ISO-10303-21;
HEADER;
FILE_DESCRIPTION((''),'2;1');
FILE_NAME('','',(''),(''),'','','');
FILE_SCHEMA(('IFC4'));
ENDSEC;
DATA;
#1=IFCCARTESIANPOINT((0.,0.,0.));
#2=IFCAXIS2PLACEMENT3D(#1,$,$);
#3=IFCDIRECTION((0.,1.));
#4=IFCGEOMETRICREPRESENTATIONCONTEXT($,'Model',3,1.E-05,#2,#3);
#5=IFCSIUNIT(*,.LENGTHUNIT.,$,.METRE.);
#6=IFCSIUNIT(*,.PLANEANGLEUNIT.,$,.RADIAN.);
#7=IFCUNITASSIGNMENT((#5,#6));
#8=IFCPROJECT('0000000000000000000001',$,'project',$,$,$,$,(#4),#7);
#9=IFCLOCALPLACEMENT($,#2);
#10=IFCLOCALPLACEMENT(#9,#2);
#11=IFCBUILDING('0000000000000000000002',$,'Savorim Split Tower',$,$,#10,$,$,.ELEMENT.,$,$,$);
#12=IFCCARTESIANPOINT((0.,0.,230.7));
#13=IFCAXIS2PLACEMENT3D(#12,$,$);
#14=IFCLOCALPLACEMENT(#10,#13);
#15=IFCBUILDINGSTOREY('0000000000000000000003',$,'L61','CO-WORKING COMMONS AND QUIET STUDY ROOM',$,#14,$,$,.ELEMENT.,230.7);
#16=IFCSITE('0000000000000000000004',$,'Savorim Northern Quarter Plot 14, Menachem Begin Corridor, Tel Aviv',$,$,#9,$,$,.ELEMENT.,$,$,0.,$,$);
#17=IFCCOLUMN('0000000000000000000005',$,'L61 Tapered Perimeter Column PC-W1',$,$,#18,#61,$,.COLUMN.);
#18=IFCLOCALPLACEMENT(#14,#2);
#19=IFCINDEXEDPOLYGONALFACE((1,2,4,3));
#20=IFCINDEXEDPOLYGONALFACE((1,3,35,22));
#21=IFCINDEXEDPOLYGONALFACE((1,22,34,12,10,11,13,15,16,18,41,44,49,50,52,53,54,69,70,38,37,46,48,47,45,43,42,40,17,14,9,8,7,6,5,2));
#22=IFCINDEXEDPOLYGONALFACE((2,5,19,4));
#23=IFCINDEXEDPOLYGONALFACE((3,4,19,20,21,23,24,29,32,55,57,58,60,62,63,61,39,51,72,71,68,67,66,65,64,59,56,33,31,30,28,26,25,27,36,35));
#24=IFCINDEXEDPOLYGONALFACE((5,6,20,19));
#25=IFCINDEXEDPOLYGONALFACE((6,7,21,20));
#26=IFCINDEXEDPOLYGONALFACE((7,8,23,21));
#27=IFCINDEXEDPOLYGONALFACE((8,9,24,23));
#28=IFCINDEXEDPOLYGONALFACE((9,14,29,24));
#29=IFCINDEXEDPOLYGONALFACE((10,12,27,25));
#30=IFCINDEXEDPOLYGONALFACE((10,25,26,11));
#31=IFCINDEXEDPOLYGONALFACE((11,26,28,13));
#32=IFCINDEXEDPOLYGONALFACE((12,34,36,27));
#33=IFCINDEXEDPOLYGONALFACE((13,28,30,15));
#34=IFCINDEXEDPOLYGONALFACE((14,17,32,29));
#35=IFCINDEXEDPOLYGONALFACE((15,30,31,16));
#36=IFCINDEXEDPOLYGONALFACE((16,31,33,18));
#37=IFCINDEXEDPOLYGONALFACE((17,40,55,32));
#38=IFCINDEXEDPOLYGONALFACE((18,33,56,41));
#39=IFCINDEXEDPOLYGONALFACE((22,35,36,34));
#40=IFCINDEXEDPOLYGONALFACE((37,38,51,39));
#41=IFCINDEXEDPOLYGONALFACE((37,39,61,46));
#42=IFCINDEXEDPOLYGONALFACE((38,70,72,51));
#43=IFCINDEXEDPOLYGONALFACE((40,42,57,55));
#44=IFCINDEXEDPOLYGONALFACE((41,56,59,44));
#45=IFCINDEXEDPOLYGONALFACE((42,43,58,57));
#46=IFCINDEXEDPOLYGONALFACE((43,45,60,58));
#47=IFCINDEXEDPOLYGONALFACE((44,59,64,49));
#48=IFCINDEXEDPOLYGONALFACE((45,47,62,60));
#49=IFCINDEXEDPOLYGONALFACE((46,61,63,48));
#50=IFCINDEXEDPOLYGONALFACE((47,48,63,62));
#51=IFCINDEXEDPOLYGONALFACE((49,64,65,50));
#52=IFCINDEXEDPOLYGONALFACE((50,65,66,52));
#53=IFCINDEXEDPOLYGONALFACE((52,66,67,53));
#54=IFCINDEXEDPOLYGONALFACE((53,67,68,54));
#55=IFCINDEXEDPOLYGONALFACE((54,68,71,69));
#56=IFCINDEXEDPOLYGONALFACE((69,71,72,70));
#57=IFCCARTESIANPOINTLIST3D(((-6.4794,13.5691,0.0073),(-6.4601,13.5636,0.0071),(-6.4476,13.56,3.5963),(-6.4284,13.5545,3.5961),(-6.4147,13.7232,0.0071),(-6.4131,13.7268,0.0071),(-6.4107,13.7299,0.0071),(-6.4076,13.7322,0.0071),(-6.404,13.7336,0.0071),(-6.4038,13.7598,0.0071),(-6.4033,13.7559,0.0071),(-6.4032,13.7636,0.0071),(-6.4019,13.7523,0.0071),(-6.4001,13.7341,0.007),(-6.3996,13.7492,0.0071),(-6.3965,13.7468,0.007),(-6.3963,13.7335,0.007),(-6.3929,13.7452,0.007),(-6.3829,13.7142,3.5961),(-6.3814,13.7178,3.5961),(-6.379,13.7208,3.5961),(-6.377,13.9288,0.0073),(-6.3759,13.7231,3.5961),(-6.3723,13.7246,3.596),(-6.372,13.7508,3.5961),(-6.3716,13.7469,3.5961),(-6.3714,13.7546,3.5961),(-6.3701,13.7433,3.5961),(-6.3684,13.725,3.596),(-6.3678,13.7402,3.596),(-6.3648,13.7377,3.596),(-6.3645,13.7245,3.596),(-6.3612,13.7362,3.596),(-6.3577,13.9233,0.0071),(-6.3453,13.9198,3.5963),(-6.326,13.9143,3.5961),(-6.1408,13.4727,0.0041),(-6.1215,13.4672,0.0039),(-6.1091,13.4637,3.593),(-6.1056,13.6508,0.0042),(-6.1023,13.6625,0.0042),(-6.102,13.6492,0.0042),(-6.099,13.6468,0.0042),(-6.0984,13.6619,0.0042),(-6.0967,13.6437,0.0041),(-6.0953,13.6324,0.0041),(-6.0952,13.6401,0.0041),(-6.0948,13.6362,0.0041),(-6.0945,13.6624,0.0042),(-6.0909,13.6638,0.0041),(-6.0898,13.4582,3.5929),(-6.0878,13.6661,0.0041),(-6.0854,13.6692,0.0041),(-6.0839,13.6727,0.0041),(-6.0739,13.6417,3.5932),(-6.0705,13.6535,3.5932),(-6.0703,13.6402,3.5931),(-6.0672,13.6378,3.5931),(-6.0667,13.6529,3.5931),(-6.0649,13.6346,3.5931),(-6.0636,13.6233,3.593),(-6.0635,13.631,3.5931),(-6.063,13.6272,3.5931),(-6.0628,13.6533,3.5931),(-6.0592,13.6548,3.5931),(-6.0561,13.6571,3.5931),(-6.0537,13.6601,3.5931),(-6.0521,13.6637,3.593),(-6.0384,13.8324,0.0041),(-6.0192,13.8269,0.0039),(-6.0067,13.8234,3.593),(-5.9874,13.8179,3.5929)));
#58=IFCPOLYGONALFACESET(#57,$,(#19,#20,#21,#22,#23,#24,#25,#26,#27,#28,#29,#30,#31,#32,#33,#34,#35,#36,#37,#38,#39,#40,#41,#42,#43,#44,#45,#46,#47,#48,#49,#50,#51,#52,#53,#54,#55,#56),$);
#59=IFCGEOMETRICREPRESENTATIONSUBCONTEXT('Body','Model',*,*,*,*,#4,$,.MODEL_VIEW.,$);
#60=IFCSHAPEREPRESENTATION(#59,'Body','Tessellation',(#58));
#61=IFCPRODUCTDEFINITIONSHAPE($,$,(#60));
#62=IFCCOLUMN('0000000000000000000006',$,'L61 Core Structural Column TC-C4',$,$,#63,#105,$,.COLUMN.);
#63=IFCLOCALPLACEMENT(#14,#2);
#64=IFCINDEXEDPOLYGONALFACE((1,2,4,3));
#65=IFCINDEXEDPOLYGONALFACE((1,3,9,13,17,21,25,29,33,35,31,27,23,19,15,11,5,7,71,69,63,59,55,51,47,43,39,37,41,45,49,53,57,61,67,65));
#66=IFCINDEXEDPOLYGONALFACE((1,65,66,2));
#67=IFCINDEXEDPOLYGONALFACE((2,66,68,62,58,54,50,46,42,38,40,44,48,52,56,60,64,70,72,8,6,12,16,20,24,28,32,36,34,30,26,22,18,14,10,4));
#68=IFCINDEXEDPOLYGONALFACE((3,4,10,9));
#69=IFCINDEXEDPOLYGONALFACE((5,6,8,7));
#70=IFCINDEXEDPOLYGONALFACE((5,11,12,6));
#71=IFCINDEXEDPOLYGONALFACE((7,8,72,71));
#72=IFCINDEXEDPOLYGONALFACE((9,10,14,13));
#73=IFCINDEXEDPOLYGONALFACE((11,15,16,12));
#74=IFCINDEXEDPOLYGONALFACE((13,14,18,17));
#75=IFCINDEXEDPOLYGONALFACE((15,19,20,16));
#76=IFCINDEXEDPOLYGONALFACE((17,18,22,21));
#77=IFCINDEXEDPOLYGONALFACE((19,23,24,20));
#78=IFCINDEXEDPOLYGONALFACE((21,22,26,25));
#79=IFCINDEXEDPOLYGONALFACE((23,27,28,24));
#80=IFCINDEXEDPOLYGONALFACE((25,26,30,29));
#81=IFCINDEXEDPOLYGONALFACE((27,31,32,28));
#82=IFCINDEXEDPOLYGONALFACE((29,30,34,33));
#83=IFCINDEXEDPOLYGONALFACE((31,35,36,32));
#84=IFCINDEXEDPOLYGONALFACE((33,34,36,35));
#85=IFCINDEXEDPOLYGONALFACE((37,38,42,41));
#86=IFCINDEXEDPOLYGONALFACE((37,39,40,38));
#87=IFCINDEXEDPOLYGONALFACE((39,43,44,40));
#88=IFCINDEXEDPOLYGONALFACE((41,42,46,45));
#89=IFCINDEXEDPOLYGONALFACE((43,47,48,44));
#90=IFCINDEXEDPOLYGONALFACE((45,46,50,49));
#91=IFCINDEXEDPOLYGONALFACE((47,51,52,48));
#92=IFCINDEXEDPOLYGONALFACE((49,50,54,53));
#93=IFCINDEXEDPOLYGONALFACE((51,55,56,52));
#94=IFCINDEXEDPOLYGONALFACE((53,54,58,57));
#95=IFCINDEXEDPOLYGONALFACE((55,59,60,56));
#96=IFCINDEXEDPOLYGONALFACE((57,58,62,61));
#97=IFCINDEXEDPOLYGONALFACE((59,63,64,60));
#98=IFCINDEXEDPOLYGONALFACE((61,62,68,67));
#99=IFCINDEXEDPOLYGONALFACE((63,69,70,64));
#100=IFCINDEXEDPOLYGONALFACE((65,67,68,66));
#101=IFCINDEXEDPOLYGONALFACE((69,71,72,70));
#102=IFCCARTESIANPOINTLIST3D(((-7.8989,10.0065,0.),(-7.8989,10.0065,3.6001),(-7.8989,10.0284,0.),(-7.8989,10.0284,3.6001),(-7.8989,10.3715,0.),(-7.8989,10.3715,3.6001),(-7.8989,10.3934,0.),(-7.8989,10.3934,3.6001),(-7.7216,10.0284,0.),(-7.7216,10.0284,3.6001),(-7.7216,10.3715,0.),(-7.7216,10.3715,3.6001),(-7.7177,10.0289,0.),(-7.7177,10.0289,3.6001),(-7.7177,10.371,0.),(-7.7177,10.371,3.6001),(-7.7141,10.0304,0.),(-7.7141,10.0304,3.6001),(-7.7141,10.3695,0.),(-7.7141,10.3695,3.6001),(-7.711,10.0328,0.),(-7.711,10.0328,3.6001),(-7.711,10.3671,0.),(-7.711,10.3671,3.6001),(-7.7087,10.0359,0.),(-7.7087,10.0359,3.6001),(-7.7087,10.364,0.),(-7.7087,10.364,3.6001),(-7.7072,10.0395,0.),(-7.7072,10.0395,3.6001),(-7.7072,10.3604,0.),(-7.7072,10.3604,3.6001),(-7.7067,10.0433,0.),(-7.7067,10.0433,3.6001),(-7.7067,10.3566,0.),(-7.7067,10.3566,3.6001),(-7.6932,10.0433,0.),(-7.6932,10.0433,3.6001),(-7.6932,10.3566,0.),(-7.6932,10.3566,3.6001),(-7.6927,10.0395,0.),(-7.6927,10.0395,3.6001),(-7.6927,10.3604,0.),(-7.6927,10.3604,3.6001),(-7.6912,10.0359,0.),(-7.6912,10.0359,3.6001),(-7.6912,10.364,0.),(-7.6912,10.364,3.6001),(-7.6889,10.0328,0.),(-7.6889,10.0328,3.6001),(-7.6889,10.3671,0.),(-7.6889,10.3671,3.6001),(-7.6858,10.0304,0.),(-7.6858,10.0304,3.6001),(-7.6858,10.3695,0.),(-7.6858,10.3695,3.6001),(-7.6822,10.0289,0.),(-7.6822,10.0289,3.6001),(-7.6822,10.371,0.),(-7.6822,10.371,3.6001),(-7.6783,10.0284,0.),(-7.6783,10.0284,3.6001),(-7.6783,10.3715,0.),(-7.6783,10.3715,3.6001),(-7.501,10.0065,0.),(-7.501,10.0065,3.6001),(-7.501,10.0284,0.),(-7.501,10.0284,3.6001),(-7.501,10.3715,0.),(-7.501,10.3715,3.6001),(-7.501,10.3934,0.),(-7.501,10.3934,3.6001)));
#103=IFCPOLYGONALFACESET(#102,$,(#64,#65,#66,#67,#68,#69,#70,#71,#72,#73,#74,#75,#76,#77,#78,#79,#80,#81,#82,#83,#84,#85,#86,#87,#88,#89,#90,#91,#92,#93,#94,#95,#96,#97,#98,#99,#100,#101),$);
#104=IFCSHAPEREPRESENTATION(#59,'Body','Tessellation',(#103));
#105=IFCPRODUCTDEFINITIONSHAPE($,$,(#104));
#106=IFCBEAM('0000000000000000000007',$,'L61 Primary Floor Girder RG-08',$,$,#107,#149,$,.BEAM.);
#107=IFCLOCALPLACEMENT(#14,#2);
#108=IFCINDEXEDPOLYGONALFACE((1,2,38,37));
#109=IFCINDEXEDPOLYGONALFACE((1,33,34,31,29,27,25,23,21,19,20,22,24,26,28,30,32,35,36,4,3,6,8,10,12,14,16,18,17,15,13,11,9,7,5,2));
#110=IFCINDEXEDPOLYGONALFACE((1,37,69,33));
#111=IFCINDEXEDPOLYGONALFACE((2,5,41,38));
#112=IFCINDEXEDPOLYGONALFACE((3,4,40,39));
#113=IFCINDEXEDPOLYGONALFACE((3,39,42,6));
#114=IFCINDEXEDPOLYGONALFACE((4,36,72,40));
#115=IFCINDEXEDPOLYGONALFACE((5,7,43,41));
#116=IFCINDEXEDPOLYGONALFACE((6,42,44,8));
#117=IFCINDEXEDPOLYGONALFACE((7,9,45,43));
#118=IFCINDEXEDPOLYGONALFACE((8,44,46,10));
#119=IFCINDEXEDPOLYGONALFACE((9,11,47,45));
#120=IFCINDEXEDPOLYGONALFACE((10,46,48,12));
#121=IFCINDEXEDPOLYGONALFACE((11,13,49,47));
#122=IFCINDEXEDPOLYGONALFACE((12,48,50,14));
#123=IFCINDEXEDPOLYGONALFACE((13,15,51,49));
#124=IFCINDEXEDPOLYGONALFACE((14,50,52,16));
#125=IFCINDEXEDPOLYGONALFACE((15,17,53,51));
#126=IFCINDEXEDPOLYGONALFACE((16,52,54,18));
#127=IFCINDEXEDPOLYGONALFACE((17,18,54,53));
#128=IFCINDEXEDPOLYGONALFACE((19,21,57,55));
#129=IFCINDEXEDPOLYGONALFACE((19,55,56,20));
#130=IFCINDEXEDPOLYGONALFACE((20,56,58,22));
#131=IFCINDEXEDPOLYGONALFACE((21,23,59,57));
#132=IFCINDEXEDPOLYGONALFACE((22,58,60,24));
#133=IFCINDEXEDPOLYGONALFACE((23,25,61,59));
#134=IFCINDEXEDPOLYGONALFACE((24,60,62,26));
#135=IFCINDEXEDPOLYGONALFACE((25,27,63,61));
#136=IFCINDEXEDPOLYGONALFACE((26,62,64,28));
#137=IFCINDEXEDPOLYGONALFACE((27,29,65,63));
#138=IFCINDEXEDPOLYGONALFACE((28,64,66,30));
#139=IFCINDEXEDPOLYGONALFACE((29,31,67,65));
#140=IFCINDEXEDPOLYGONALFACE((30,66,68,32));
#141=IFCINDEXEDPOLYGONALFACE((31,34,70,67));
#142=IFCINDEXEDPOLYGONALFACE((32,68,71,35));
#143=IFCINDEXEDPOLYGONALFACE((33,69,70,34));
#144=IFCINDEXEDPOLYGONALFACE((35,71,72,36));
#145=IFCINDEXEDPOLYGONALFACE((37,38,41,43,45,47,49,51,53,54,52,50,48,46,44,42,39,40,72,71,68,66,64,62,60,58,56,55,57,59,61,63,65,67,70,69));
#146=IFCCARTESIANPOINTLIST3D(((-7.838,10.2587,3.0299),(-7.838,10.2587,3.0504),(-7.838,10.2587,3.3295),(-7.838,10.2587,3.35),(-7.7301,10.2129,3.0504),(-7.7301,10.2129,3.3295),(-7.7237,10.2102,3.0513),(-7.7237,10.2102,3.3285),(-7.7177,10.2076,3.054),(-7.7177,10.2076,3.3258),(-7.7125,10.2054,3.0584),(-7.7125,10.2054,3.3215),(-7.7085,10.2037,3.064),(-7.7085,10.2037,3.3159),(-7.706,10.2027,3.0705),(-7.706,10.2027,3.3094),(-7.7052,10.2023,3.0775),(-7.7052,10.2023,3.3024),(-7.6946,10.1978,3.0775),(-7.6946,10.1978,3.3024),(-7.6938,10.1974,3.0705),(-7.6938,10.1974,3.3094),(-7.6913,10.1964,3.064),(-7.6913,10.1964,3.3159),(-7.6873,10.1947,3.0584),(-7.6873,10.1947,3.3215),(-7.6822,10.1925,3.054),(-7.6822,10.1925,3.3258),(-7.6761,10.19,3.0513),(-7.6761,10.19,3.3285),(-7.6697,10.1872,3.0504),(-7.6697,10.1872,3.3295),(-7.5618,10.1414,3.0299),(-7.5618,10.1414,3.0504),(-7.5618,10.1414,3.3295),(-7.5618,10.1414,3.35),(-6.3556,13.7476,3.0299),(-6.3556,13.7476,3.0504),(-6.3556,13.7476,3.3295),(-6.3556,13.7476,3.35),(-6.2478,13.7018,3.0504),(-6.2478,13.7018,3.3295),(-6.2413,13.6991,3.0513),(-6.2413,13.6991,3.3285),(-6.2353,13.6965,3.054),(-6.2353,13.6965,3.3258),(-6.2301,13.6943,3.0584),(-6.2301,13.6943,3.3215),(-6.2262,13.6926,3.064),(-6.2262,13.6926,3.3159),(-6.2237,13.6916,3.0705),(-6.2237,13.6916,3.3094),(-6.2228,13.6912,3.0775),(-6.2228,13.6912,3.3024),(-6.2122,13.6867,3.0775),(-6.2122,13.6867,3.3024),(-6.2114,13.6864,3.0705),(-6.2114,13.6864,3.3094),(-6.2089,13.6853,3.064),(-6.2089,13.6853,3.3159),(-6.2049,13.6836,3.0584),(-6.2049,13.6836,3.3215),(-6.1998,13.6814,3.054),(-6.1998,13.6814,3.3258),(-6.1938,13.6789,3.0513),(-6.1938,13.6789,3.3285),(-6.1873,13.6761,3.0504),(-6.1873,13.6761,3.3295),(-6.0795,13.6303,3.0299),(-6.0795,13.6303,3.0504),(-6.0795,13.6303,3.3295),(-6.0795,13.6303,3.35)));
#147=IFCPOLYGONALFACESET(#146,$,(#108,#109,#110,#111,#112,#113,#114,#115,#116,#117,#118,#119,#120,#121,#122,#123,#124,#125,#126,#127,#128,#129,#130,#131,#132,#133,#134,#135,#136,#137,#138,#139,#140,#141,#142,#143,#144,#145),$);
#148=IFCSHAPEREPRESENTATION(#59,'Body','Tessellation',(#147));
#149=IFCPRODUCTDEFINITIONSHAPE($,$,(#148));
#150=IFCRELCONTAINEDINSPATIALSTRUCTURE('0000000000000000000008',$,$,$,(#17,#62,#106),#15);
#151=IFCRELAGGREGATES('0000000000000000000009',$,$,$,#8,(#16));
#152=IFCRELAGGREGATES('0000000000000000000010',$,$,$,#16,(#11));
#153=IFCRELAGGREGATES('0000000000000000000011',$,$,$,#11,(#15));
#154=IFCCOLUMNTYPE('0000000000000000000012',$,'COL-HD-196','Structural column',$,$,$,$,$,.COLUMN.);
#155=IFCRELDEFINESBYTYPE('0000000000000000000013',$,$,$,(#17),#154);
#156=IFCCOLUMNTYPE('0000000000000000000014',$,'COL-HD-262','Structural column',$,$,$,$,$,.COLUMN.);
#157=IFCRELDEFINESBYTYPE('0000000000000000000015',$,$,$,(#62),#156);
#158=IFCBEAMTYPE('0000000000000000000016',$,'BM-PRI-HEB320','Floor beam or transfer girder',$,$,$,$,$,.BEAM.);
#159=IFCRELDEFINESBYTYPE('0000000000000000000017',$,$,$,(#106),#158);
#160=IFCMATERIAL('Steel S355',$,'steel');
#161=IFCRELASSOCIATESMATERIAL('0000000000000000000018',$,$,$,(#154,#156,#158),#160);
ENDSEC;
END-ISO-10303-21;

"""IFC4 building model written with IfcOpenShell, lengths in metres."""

from ifc_helpers import new_model, si_unit, direction, frame, origin, origin_2d, place, context, subcontext, project, spatial, i_section, extrude, material, material_profile, profile_set, type_object, element, save


model = new_model("IFC4")

# Units and contexts
model_context = context("Model", 3, precision=1e-05, world=origin(), true_north=direction((0.0, 1.0)))
body_context = subcontext(model_context, "Body", "Model", "MODEL_VIEW")
ifc_project = project(units=[si_unit("LENGTHUNIT", "METRE"), si_unit("PLANEANGLEUNIT", "RADIAN")], contexts=[model_context])

# Site, building, storey
site_placement = place(None, origin())
site = spatial("IfcSite", under=ifc_project, at=site_placement, Name="Savorim Northern Quarter Plot 14, Menachem Begin Corridor, Tel Aviv", CompositionType="ELEMENT", RefElevation=0.0)
building_placement = place(site_placement, origin())
building = spatial("IfcBuilding", under=site, at=building_placement, Name="Savorim Split Tower", CompositionType="ELEMENT")
storey_placement = place(building_placement, frame((0.0, 0.0, 230.7)))
storey = spatial("IfcBuildingStorey", under=building, at=storey_placement, Name="L61", Description="CO-WORKING COMMONS AND QUIET STUDY ROOM", CompositionType="ELEMENT", Elevation=230.7)

# Columns
ifc_material_1 = material(Name="Steel S355", Category="steel")
ifc_material_profile_1 = material_profile(ifc_material_1, i_section(OverallWidth=0.374, OverallDepth=0.3721, WebThickness=0.0122, FlangeThickness=0.02, FilletRadius=0.0149, at=origin_2d()), Name="HD 360x196")
ifc_profile_set_1 = profile_set([ifc_material_profile_1], Name="Steel S355")
column_type_1 = type_object("IfcColumnType", Name="COL-HD-196", Description="Structural column", PredefinedType="COLUMN", material=ifc_profile_set_1)
column_1_placement = place(storey_placement, frame((-6.2493, 13.698, 0.0056), z_axis=(0.008843, -0.002517, 0.999958), x_axis=(0.273744, 0.961803, 0.0)))
element("IfcColumn", 1, at=column_1_placement, inside=storey, type_object=column_type_1, Name="L61 Tapered Perimeter Column PC-W1", PredefinedType="COLUMN", context=body_context, shape_type="SweptSolid", body=[
    extrude(i_section(OverallWidth=0.374, OverallDepth=0.3721, WebThickness=0.0122, FlangeThickness=0.02, FilletRadius=0.0149, at=origin_2d()), origin(), (0.0, 0.0, 1.0), 3.5891),
])
ifc_material_profile_2 = material_profile(ifc_material_1, i_section(OverallWidth=0.3979, OverallDepth=0.387, WebThickness=0.0134, FlangeThickness=0.022, FilletRadius=0.0149, at=origin_2d()), Name="HD 400x262")
ifc_profile_set_2 = profile_set([ifc_material_profile_2], Name="Steel S355")
column_type_2 = type_object("IfcColumnType", Name="COL-HD-262", Description="Structural column", PredefinedType="COLUMN", material=ifc_profile_set_2)
column_2_placement = place(storey_placement, frame((-7.7, 10.2, 0.0), z_axis=(0.0, 0.0, 1.0), x_axis=(1.0, 0.0, 0.0)))
element("IfcColumn", 2, at=column_2_placement, inside=storey, type_object=column_type_2, Name="L61 Core Structural Column TC-C4", PredefinedType="COLUMN", context=body_context, shape_type="SweptSolid", body=[
    extrude(i_section(OverallWidth=0.3979, OverallDepth=0.387, WebThickness=0.0134, FlangeThickness=0.022, FilletRadius=0.0149, at=origin_2d()), origin(), (0.0, 0.0, 1.0), 3.6001),
])

# Beam
ifc_material_profile_3 = material_profile(ifc_material_1, i_section(OverallWidth=0.3, OverallDepth=0.3201, WebThickness=0.0115, FlangeThickness=0.0205, FilletRadius=0.0271, at=origin_2d()), Name="HEB 320")
ifc_profile_set_3 = profile_set([ifc_material_profile_3], Name="Steel S355")
beam_type_1 = type_object("IfcBeamType", Name="BM-PRI-HEB320", Description="Floor beam or transfer girder", PredefinedType="BEAM", material=ifc_profile_set_3)
beam_1_placement = place(storey_placement, frame((-6.2175, 13.689, 3.1899), z_axis=(-0.391049, -0.92037, 0.0), x_axis=(0.92037, -0.391049, 0.0)))
element("IfcBeam", 3, at=beam_1_placement, inside=storey, type_object=beam_type_1, Name="L61 Primary Floor Girder RG-08", PredefinedType="BEAM", context=body_context, shape_type="SweptSolid", body=[
    extrude(i_section(OverallWidth=0.3, OverallDepth=0.3201, WebThickness=0.0115, FlangeThickness=0.0205, FilletRadius=0.0271, at=origin_2d()), origin(), (0.0, 0.0, 1.0), 3.7908),
])

save(model, "model.ifc")
